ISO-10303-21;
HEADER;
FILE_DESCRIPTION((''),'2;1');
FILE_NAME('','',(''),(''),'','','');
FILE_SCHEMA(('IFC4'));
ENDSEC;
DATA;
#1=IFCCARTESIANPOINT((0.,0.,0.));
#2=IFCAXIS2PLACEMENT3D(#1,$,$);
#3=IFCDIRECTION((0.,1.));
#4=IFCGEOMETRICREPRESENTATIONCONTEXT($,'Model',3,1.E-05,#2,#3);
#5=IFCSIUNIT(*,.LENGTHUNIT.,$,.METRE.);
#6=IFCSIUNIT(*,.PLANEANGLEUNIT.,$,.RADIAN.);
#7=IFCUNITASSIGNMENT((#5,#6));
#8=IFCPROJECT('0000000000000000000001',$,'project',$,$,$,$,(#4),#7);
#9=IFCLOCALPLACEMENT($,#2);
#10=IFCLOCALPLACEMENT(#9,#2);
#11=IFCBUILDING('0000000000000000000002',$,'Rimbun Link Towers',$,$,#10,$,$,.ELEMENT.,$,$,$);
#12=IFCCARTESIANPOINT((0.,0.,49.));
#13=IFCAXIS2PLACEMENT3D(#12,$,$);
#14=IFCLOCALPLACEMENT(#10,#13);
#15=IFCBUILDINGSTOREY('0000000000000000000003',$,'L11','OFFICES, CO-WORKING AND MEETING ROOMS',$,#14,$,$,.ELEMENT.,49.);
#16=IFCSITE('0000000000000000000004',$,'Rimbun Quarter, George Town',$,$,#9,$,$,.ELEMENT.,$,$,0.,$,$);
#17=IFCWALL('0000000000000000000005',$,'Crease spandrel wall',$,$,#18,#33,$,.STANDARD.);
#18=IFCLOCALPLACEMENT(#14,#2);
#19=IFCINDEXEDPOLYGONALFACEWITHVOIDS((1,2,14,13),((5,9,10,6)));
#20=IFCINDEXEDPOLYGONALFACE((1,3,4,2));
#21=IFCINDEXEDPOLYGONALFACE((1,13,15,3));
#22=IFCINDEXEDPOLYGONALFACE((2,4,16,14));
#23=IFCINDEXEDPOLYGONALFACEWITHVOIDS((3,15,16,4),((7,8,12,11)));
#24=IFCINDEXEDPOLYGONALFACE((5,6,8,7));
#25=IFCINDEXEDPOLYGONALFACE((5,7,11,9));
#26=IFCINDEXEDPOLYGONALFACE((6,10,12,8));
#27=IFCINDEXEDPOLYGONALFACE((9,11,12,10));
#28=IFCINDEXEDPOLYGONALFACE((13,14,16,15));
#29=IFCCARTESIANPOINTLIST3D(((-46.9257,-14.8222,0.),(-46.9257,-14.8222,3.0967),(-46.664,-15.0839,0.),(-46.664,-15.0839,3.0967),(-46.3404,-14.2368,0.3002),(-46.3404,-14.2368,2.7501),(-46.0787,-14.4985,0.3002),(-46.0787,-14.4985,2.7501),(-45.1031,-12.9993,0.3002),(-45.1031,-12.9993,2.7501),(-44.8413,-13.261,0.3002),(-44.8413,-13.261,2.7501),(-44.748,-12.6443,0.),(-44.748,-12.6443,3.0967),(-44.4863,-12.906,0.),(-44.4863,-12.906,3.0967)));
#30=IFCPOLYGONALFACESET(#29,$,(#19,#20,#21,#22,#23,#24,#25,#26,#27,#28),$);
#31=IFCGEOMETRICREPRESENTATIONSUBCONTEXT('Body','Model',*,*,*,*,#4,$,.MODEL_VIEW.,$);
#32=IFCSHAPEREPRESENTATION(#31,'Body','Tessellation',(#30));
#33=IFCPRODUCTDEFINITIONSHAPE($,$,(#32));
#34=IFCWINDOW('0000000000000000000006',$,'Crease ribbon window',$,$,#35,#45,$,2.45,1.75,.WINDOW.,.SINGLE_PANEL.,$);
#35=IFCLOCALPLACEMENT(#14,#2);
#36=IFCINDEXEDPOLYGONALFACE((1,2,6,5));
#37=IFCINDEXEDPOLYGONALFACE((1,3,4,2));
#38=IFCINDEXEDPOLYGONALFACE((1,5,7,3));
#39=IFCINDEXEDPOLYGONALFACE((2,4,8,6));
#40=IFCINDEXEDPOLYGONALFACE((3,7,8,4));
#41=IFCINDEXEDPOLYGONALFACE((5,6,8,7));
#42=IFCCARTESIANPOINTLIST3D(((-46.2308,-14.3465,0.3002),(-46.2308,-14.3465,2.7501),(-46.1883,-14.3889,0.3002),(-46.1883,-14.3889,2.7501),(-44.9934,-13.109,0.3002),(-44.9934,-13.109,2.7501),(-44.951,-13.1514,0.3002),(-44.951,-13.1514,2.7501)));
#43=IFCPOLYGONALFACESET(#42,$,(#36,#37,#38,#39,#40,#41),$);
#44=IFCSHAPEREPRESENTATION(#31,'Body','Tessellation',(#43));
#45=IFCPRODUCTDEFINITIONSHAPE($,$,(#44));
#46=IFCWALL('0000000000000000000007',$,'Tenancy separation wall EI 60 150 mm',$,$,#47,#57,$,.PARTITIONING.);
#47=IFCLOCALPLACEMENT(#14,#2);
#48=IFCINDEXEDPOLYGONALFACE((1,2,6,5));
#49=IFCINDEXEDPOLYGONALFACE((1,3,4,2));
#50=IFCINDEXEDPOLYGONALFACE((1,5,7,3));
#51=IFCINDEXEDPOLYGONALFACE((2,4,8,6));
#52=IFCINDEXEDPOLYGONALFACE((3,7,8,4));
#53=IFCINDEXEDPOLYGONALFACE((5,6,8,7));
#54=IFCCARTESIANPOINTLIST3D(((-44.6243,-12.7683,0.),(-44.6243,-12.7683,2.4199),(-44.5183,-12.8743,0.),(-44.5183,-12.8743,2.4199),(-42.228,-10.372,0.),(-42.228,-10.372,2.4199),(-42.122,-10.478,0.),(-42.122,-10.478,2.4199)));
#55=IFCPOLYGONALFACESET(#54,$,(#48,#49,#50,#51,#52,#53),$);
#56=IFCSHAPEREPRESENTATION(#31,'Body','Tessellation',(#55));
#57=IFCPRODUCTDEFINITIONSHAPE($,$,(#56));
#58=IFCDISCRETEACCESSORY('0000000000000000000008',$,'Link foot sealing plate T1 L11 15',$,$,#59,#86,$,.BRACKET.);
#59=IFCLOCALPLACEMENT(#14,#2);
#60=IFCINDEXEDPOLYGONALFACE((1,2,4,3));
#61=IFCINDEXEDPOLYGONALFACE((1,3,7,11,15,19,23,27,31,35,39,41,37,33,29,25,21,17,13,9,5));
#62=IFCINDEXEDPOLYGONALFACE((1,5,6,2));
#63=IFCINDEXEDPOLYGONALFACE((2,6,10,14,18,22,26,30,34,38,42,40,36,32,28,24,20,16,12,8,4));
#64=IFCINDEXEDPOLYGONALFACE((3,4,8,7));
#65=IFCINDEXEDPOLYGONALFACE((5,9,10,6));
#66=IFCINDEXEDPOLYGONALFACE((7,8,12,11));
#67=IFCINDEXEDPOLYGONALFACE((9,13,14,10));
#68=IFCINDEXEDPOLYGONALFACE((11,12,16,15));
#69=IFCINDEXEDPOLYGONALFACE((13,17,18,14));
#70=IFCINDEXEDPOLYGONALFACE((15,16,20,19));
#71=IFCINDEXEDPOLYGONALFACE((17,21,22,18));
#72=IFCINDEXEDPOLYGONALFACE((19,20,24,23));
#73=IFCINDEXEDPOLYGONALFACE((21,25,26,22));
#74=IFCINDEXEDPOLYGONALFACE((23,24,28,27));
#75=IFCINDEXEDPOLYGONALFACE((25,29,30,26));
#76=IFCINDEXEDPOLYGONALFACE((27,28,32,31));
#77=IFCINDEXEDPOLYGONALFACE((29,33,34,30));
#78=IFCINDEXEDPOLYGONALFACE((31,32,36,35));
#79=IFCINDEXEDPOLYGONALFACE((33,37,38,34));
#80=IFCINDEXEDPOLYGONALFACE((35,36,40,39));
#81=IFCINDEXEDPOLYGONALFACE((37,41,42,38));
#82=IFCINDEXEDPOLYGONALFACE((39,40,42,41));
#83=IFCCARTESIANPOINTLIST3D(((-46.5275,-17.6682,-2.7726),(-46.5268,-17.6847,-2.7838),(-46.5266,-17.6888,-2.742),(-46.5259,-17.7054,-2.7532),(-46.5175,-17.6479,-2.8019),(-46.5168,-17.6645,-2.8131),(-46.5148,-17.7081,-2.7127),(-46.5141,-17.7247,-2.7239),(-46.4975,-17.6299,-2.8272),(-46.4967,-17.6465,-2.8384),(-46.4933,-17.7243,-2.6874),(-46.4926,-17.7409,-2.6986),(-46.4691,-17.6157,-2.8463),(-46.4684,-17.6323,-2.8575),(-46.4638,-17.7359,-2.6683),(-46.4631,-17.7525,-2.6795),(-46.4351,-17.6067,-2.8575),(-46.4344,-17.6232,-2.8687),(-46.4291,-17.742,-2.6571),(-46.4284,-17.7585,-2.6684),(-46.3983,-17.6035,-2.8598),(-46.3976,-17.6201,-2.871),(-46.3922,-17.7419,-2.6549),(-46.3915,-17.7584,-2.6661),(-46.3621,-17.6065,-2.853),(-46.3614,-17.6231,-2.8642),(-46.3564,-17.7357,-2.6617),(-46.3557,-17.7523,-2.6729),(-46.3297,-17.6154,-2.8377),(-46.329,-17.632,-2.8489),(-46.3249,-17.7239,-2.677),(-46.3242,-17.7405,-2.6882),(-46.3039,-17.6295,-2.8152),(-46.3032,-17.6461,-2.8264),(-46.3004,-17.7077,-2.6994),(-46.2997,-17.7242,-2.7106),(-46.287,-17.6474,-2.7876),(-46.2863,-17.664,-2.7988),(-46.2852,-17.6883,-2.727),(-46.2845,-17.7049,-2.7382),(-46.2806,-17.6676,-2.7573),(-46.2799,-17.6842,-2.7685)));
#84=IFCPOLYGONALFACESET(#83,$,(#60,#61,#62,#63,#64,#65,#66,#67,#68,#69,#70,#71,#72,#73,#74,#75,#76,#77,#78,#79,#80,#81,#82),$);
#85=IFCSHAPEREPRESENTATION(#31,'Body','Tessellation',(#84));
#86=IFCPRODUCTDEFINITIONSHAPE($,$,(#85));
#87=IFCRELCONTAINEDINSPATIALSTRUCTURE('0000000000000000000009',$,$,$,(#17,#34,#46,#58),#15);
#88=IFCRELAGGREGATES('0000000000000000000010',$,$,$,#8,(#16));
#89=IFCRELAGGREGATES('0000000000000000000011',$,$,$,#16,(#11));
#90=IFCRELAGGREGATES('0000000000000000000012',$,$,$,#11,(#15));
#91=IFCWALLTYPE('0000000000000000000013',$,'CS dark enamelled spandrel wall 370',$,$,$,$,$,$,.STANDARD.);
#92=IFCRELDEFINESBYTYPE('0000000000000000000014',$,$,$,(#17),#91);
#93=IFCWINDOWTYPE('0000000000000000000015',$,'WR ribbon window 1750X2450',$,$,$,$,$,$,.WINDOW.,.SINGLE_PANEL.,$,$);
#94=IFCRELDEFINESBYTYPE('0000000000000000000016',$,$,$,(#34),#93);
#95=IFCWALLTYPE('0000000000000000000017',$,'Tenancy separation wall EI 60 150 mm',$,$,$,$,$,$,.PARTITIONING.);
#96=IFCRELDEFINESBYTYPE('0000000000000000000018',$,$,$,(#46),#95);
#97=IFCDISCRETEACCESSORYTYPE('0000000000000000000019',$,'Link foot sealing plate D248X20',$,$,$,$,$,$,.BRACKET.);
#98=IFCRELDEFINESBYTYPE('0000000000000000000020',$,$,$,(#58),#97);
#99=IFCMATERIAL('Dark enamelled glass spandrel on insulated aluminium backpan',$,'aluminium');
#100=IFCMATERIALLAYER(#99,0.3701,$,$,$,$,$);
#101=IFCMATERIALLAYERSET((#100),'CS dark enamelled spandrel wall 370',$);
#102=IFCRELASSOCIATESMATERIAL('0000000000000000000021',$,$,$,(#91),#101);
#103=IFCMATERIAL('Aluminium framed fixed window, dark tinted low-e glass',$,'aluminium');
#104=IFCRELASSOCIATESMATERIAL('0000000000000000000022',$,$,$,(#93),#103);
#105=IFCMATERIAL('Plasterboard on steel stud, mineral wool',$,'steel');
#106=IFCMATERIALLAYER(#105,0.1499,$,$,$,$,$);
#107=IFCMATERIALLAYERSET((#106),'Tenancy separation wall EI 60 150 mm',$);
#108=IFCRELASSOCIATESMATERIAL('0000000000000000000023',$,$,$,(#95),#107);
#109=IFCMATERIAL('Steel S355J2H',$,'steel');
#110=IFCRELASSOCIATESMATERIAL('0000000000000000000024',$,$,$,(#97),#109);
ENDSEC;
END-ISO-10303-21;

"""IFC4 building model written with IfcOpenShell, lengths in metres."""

from ifc_helpers import new_model, si_unit, direction, frame, frame_2d, origin, origin_2d, place, context, subcontext, project, spatial, rectangle, circle, extrude, material, layer, layer_set, material_profile, profile_set, type_object, element, fill, save


model = new_model("IFC4")

# Units and contexts
model_context = context("Model", 3, precision=1e-05, world=origin(), true_north=direction((0.0, 1.0)))
body_context = subcontext(model_context, "Body", "Model", "MODEL_VIEW")
ifc_project = project(units=[si_unit("LENGTHUNIT", "METRE"), si_unit("PLANEANGLEUNIT", "RADIAN")], contexts=[model_context])

# Site, building, storey
site_placement = place(None, origin())
site = spatial("IfcSite", under=ifc_project, at=site_placement, Name="Rimbun Quarter, George Town", CompositionType="ELEMENT", RefElevation=0.0)
building_placement = place(site_placement, origin())
building = spatial("IfcBuilding", under=site, at=building_placement, Name="Rimbun Link Towers", CompositionType="ELEMENT")
storey_placement = place(building_placement, frame((0.0, 0.0, 49.0)))
storey = spatial("IfcBuildingStorey", under=building, at=storey_placement, Name="L11", Description="OFFICES, CO-WORKING AND MEETING ROOMS", CompositionType="ELEMENT", Elevation=49.0)

# Wall, opening, window
ifc_material_1 = material(Name="Dark enamelled glass spandrel on insulated aluminium backpan", Category="aluminium")
ifc_layer_1 = layer(ifc_material_1, 0.3701)
ifc_layer_set_1 = layer_set([ifc_layer_1], Name="CS dark enamelled spandrel wall 370")
wall_type_1 = type_object("IfcWallType", Name="CS dark enamelled spandrel wall 370", PredefinedType="STANDARD", material=ifc_layer_set_1)
wall_1_placement = place(storey_placement, frame((-46.7949, -14.9531, 0.0), z_axis=(0.0, 0.0, 1.0), x_axis=(0.707067, 0.707146, 0.0)))
wall_1 = element("IfcWall", 1, at=wall_1_placement, inside=storey, type_object=wall_type_1, Name="Crease spandrel wall", PredefinedType="STANDARD", context=body_context, shape_type="SweptSolid", body=[
    extrude(rectangle(XDim=3.0798, YDim=0.3701, at=frame_2d((1.54, 0.0))), origin(), (0.0, 0.0, 1.0), 3.0967),
])
opening_1_placement = place(wall_1_placement, frame((0.8279, 0.0, 0.3)))
opening_1 = element("IfcOpeningElement", 2, at=opening_1_placement, cuts=wall_1, PredefinedType="OPENING", context=body_context, shape_type="SweptSolid", body=[
    extrude(rectangle(XDim=1.75, YDim=2.45, at=frame_2d((0.875, 1.2251))), frame((0.0, 0.1951, 0.0), z_axis=(0.0, -1.0, 0.0), x_axis=(1.0, 0.0, 0.0)), (0.0, 0.0, 1.0), 0.3901),
])
ifc_material_2 = material(Name="Aluminium framed fixed window, dark tinted low-e glass", Category="aluminium")
window_type_1 = type_object("IfcWindowType", Name="WR ribbon window 1750X2450", PartitioningType="SINGLE_PANEL", PredefinedType="WINDOW", material=ifc_material_2)
window_1_placement = place(opening_1_placement, origin())
window_1 = element("IfcWindow", 3, at=window_1_placement, inside=storey, type_object=window_type_1, Name="Crease ribbon window", OverallHeight=2.45, OverallWidth=1.75, PartitioningType="SINGLE_PANEL", PredefinedType="WINDOW", context=body_context, shape_type="SweptSolid", body=[
    extrude(rectangle(XDim=1.75, YDim=2.45, at=frame_2d((0.875, 1.2251))), frame((0.0, 0.03, 0.0), z_axis=(0.0, -1.0, 0.0), x_axis=(1.0, 0.0, 0.0)), (0.0, 0.0, 1.0), 0.0601),
])
fill(opening_1, window_1)

# Wall
ifc_material_3 = material(Name="Plasterboard on steel stud, mineral wool", Category="steel")
ifc_layer_2 = layer(ifc_material_3, 0.1499)
ifc_layer_set_2 = layer_set([ifc_layer_2], Name="Tenancy separation wall EI 60 150 mm")
wall_type_2 = type_object("IfcWallType", Name="Tenancy separation wall EI 60 150 mm", PredefinedType="PARTITIONING", material=ifc_layer_set_2)
wall_2_placement = place(storey_placement, frame((-42.175, -10.425, 0.0), z_axis=(0.0, 0.0, 1.0), x_axis=(-0.707107, -0.707107, 0.0)))
element("IfcWall", 4, at=wall_2_placement, inside=storey, type_object=wall_type_2, Name="Tenancy separation wall EI 60 150 mm", PredefinedType="PARTITIONING", context=body_context, shape_type="SweptSolid", body=[
    extrude(rectangle(XDim=3.3889, YDim=0.1499, at=frame_2d((1.6943, 0.0))), origin(), (0.0, 0.0, 1.0), 2.4199),
])

# Discrete accessory
ifc_material_4 = material(Name="Steel S355J2H", Category="steel")
ifc_material_profile_1 = material_profile(ifc_material_4, circle(Radius=0.124, at=origin_2d()), Name="PL D248")
ifc_profile_set_1 = profile_set([ifc_material_profile_1], Name="Steel S355J2H")
discrete_accessory_type = type_object("IfcDiscreteAccessoryType", Name="Link foot sealing plate D248X20", PredefinedType="BRACKET", material=ifc_profile_set_1)
discrete_accessory_placement = place(storey_placement, frame((-46.4045, -17.6731, -2.7573), z_axis=(0.036518, -0.827731, -0.559936), x_axis=(0.999028, 0.044075, 0.0)))
element("IfcDiscreteAccessory", 5, at=discrete_accessory_placement, inside=storey, type_object=discrete_accessory_type, Name="Link foot sealing plate T1 L11 15", PredefinedType="BRACKET", context=body_context, shape_type="SweptSolid", body=[
    extrude(circle(Radius=0.124, at=origin_2d()), origin(), (0.0, 0.0, 1.0), 0.02),
])

save(model, "model.ifc")
